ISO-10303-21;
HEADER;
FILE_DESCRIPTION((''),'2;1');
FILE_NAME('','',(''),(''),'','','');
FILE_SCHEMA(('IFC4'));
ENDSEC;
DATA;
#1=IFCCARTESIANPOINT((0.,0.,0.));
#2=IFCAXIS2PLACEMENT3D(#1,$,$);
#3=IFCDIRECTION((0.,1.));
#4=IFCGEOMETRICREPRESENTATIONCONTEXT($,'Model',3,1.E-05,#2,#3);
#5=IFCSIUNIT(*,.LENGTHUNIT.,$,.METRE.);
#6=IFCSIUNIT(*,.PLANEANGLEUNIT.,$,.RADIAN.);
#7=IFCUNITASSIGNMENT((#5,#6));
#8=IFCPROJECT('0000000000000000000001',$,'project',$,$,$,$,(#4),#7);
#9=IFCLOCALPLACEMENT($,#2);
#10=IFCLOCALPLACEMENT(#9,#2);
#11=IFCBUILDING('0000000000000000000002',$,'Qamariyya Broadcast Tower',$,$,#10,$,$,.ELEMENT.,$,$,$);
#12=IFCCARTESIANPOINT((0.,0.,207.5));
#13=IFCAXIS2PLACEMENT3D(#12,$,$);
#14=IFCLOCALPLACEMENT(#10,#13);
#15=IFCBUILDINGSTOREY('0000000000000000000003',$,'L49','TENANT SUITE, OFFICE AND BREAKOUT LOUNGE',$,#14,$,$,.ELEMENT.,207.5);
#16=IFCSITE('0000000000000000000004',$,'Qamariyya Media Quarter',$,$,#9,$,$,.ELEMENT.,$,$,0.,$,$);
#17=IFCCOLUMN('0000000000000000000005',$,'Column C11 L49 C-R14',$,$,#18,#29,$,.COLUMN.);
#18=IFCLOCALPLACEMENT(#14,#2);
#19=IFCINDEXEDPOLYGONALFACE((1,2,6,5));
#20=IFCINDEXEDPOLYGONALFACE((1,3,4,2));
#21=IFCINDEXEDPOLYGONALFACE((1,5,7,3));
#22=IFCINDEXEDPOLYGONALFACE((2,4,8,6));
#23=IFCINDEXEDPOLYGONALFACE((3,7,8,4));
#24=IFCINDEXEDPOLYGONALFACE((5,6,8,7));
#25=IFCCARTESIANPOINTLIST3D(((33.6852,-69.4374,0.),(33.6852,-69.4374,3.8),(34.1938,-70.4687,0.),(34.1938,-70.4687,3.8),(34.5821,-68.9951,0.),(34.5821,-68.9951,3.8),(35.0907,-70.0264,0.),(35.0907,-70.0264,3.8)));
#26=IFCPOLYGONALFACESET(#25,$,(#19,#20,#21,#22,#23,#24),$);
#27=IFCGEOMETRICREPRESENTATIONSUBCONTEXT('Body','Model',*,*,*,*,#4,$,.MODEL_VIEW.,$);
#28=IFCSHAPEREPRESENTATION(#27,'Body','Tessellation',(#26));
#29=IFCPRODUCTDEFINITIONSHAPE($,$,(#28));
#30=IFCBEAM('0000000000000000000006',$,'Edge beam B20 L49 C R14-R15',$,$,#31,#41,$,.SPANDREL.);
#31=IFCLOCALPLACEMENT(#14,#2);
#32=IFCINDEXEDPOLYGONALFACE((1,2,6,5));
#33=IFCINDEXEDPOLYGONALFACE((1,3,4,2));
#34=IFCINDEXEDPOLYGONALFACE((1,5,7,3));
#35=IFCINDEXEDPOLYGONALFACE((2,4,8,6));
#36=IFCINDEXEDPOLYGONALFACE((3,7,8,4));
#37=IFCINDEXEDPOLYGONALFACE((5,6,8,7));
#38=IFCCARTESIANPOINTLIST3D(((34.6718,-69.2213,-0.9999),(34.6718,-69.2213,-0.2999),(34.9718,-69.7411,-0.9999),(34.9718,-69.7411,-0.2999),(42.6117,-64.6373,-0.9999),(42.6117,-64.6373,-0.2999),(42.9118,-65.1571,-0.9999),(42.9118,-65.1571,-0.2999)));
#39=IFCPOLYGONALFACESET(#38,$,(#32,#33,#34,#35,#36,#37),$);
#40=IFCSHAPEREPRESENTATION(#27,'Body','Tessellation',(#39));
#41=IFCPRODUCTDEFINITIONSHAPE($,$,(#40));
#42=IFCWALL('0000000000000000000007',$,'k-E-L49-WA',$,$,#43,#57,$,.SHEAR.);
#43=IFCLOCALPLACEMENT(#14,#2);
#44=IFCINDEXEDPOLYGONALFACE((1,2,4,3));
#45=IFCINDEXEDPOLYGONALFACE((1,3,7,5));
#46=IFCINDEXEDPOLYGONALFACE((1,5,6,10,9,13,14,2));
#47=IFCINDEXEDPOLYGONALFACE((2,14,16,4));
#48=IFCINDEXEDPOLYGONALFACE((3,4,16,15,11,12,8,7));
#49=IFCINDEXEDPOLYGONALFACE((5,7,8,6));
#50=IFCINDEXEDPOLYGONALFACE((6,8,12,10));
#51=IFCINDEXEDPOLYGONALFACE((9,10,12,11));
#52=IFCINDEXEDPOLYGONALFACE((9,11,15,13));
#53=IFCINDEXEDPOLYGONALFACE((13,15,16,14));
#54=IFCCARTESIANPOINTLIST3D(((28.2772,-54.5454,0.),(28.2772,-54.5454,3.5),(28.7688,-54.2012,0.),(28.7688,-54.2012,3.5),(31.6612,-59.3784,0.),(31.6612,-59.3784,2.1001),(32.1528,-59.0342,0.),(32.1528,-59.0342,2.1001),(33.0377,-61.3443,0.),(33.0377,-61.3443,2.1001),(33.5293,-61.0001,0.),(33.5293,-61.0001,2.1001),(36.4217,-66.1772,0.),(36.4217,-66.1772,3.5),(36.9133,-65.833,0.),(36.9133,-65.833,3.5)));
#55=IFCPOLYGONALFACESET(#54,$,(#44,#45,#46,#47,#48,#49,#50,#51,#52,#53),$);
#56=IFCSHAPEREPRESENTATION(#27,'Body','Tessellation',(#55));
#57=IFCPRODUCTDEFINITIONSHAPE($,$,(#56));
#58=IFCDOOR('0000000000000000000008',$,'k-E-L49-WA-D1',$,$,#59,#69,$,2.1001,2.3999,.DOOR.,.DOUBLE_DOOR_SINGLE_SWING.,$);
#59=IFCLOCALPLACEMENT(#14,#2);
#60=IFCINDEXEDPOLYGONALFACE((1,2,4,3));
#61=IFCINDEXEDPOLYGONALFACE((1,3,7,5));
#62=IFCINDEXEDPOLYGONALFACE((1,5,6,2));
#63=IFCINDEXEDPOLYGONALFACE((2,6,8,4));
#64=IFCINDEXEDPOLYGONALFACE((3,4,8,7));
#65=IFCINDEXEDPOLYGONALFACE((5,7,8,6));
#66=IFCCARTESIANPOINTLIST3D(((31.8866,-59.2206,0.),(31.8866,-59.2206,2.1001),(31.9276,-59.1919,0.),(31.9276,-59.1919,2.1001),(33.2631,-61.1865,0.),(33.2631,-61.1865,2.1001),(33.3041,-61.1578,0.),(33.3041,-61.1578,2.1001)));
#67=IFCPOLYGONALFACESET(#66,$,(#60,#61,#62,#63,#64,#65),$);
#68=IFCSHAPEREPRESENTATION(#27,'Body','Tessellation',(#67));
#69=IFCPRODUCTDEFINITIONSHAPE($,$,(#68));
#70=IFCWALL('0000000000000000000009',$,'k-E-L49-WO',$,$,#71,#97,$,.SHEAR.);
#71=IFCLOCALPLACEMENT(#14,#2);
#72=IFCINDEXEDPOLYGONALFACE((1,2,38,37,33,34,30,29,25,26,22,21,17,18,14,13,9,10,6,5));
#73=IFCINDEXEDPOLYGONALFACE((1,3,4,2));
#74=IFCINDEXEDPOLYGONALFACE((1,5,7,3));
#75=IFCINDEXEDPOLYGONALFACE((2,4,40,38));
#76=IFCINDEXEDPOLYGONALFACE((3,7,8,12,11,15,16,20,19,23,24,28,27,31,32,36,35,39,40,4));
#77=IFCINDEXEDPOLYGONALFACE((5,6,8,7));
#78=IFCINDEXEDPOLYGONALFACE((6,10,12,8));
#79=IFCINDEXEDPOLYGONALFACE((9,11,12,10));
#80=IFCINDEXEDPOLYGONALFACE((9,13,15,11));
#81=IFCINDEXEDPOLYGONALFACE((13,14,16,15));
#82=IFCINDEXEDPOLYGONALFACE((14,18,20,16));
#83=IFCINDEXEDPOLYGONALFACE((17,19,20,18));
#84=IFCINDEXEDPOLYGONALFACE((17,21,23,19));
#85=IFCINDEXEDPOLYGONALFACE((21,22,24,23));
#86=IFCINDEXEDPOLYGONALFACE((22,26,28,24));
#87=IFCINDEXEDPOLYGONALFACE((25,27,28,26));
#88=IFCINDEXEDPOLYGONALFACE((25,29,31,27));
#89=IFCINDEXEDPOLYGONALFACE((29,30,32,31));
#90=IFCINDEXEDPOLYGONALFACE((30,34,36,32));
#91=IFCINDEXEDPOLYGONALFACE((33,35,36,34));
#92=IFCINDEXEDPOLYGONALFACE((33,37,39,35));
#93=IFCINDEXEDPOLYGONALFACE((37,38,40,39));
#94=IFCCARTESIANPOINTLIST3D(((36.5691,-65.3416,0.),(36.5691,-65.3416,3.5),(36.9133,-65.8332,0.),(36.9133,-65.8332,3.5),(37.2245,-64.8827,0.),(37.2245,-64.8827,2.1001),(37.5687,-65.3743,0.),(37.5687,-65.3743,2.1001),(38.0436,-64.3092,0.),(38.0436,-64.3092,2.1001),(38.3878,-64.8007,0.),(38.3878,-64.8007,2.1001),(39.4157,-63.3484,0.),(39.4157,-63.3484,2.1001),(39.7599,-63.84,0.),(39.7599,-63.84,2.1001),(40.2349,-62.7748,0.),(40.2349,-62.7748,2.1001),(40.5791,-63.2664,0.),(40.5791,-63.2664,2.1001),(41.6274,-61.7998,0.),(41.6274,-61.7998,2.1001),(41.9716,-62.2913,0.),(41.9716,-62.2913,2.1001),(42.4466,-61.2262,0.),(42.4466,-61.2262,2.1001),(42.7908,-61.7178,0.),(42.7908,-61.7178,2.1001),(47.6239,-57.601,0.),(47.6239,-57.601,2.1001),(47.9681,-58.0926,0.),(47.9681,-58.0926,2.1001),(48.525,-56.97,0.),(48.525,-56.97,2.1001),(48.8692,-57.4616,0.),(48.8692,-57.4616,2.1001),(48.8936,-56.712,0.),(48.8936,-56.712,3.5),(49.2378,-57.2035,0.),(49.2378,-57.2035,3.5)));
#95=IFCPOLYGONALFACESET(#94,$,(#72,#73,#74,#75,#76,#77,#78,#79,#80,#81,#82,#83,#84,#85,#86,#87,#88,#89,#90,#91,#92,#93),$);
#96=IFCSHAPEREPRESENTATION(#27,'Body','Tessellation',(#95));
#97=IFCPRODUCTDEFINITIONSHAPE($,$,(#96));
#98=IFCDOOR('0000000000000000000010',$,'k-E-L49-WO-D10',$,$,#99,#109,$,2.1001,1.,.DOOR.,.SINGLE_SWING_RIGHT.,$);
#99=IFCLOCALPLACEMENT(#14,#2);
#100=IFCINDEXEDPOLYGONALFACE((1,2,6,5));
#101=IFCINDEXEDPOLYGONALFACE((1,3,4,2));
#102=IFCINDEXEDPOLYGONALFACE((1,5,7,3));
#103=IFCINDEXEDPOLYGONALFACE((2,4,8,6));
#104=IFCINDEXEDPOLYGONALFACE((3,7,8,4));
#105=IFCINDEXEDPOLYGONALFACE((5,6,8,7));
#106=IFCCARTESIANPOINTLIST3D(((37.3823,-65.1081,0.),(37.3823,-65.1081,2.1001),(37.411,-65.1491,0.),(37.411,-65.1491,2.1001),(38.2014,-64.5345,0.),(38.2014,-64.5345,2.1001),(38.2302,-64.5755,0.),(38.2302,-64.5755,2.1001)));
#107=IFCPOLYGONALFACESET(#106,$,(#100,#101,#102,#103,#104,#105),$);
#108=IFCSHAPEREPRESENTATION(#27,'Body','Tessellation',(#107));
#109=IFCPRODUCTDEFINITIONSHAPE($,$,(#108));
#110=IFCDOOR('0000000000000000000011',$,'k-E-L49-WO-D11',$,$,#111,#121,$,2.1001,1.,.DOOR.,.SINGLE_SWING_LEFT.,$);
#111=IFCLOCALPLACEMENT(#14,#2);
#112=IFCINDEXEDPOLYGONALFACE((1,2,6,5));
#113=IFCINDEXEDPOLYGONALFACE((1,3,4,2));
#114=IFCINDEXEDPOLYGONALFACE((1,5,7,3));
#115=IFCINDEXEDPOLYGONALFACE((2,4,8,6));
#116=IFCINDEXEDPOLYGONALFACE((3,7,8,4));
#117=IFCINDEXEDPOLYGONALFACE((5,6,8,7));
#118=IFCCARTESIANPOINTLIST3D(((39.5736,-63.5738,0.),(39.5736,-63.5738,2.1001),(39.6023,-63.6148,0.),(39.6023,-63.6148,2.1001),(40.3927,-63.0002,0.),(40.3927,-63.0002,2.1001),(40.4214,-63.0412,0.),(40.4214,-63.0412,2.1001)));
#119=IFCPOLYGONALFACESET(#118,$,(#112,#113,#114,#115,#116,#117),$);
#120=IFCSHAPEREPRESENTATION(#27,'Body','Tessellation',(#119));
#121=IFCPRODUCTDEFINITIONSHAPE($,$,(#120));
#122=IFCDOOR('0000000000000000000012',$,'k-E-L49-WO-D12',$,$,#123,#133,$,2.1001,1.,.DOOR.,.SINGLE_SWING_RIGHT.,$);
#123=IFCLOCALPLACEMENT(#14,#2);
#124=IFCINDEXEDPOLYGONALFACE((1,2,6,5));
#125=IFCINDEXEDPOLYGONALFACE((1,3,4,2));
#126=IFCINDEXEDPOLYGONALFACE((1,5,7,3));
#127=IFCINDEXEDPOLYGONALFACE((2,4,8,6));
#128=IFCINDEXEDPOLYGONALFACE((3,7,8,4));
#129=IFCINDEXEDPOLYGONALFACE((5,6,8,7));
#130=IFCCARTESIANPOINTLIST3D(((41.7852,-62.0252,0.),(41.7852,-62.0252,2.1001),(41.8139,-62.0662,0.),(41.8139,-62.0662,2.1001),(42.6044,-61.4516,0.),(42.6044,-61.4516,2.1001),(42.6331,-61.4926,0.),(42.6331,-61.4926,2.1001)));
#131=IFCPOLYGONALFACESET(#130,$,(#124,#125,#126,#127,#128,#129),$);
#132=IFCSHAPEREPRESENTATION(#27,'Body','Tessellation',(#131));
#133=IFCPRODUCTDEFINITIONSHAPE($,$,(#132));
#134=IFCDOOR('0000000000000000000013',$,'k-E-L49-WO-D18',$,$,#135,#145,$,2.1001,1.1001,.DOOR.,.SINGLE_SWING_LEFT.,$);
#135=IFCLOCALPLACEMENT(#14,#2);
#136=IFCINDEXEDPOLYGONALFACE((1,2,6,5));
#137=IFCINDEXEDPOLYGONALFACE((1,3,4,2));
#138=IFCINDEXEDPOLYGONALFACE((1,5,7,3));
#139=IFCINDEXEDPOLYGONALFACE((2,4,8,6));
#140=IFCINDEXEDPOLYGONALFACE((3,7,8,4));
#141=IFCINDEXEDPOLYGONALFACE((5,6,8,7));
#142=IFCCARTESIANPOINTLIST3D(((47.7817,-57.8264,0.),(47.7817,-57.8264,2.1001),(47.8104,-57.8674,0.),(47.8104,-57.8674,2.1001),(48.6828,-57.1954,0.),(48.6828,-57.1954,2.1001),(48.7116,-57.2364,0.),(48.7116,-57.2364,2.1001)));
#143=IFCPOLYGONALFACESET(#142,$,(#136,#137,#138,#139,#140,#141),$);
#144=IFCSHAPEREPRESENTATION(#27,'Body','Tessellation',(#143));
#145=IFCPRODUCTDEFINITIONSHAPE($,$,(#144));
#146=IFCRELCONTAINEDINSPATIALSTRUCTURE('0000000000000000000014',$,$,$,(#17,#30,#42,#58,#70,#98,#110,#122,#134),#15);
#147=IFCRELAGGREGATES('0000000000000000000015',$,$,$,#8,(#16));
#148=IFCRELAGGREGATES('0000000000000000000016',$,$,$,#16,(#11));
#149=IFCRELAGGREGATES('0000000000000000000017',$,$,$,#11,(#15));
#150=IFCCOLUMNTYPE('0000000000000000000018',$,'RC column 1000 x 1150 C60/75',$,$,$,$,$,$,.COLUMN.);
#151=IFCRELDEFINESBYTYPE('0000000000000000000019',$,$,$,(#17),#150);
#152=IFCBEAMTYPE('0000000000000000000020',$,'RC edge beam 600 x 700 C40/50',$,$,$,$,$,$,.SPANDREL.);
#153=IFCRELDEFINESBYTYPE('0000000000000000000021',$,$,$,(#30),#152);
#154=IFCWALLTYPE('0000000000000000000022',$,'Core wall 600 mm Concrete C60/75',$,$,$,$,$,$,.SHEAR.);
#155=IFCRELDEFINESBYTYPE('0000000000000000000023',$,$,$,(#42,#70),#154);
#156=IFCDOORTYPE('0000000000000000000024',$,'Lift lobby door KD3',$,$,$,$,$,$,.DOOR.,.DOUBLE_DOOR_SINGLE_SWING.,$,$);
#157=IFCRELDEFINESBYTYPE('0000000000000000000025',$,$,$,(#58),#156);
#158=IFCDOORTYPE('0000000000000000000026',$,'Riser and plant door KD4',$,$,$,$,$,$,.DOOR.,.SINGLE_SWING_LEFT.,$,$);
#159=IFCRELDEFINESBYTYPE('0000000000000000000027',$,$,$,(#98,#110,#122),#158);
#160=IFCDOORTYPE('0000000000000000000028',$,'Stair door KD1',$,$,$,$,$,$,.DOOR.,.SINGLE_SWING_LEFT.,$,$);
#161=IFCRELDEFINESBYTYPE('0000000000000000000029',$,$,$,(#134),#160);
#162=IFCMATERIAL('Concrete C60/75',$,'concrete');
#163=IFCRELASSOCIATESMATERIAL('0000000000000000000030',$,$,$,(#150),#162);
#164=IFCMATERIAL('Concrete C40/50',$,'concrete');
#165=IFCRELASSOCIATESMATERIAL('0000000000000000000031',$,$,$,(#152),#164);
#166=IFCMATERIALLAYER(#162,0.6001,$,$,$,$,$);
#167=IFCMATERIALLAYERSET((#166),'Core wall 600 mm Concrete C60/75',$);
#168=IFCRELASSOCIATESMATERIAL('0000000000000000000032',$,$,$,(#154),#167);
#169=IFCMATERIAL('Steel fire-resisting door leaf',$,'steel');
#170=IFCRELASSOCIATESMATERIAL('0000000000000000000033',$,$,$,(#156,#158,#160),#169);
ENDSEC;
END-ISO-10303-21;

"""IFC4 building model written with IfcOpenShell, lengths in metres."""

from ifc_helpers import new_model, si_unit, direction, frame, frame_2d, origin, origin_2d, place, context, subcontext, project, spatial, rectangle, extrude, material, layer, layer_set, material_profile, profile_set, type_object, element, fill, save


model = new_model("IFC4")

# Units and contexts
model_context = context("Model", 3, precision=1e-05, world=origin(), true_north=direction((0.0, 1.0)))
body_context = subcontext(model_context, "Body", "Model", "MODEL_VIEW")
ifc_project = project(units=[si_unit("LENGTHUNIT", "METRE"), si_unit("PLANEANGLEUNIT", "RADIAN")], contexts=[model_context])

# Site, building, storey
site_placement = place(None, origin())
site = spatial("IfcSite", under=ifc_project, at=site_placement, Name="Qamariyya Media Quarter", CompositionType="ELEMENT", RefElevation=0.0)
building_placement = place(site_placement, origin())
building = spatial("IfcBuilding", under=site, at=building_placement, Name="Qamariyya Broadcast Tower", CompositionType="ELEMENT")
storey_placement = place(building_placement, frame((0.0, 0.0, 207.5)))
storey = spatial("IfcBuildingStorey", under=building, at=storey_placement, Name="L49", Description="TENANT SUITE, OFFICE AND BREAKOUT LOUNGE", CompositionType="ELEMENT", Elevation=207.5)

# Column
ifc_material_1 = material(Name="Concrete C60/75", Category="concrete")
ifc_material_profile_1 = material_profile(ifc_material_1, rectangle(XDim=1.0, YDim=1.1499, at=origin_2d()))
ifc_profile_set_1 = profile_set([ifc_material_profile_1], Name="Concrete C60/75")
column_type = type_object("IfcColumnType", Name="RC column 1000 x 1150 C60/75", PredefinedType="COLUMN", material=ifc_profile_set_1)
column_placement = place(storey_placement, frame((34.3879, -69.7319, 0.0), z_axis=(0.0, 0.0, 1.0), x_axis=(0.896873, 0.442289, 0.0)))
element("IfcColumn", 1, at=column_placement, inside=storey, type_object=column_type, Name="Column C11 L49 C-R14", PredefinedType="COLUMN", context=body_context, shape_type="SweptSolid", body=[
    extrude(rectangle(XDim=1.0, YDim=1.1499, at=origin_2d()), origin(), (0.0, 0.0, 1.0), 3.8),
])

# Beam
ifc_material_2 = material(Name="Concrete C40/50", Category="concrete")
ifc_material_profile_2 = material_profile(ifc_material_2, rectangle(XDim=0.6001, YDim=0.7, at=origin_2d()))
ifc_profile_set_2 = profile_set([ifc_material_profile_2], Name="Concrete C40/50")
beam_type = type_object("IfcBeamType", Name="RC edge beam 600 x 700 C40/50", PredefinedType="SPANDREL", material=ifc_profile_set_2)
beam_placement = place(storey_placement, frame((34.8218, -69.4812, -0.6499), z_axis=(0.866032, 0.499988, 0.0), x_axis=(-0.499988, 0.866032, 0.0)))
element("IfcBeam", 2, at=beam_placement, inside=storey, type_object=beam_type, Name="Edge beam B20 L49 C R14-R15", PredefinedType="SPANDREL", context=body_context, shape_type="SweptSolid", body=[
    extrude(rectangle(XDim=0.6001, YDim=0.7, at=origin_2d()), origin(), (0.0, 0.0, 1.0), 9.1682),
])

# Wall, opening, door
ifc_layer_1 = layer(ifc_material_1, 0.6001)
ifc_layer_set_1 = layer_set([ifc_layer_1], Name="Core wall 600 mm Concrete C60/75")
wall_type_1 = type_object("IfcWallType", Name="Core wall 600 mm Concrete C60/75", PredefinedType="SHEAR", material=ifc_layer_set_1)
wall_1_placement = place(storey_placement, frame((36.6675, -66.0051, 0.0), z_axis=(0.0, 0.0, 1.0), x_axis=(-0.573568, 0.819158, 0.0)))
wall_1 = element("IfcWall", 3, at=wall_1_placement, inside=storey, type_object=wall_type_1, Name="k-E-L49-WA", PredefinedType="SHEAR", context=body_context, shape_type="SweptSolid", body=[
    extrude(rectangle(XDim=14.1997, YDim=0.6001, at=frame_2d((7.0999, 0.0))), origin(), (0.0, 0.0, 1.0), 3.5),
])
opening_1_placement = place(wall_1_placement, frame((5.8999, 0.0, 0.0)))
opening_1 = element("IfcOpeningElement", 4, at=opening_1_placement, cuts=wall_1, PredefinedType="OPENING", context=body_context, shape_type="SweptSolid", body=[
    extrude(rectangle(XDim=2.3999, YDim=2.1001, at=frame_2d((1.2, 1.05))), frame((0.0, 0.3101, 0.0), z_axis=(0.0, -1.0, 0.0), x_axis=(1.0, 0.0, 0.0)), (0.0, 0.0, 1.0), 0.6201),
])
ifc_material_3 = material(Name="Steel fire-resisting door leaf", Category="steel")
door_type_1 = type_object("IfcDoorType", Name="Lift lobby door KD3", OperationType="DOUBLE_DOOR_SINGLE_SWING", PredefinedType="DOOR", material=ifc_material_3)
door_1_placement = place(opening_1_placement, origin())
door_1 = element("IfcDoor", 5, at=door_1_placement, inside=storey, type_object=door_type_1, Name="k-E-L49-WA-D1", OperationType="DOUBLE_DOOR_SINGLE_SWING", OverallHeight=2.1001, OverallWidth=2.3999, PredefinedType="DOOR", context=body_context, shape_type="SweptSolid", body=[
    extrude(rectangle(XDim=2.3999, YDim=2.1001, at=frame_2d((1.2, 1.05))), frame((0.0, 0.0249, 0.0), z_axis=(0.0, -1.0, 0.0), x_axis=(1.0, 0.0, 0.0)), (0.0, 0.0, 1.0), 0.05),
])
fill(opening_1, door_1)

# Wall, openings, doors
wall_2_placement = place(storey_placement, frame((36.7412, -65.5874, 0.0), z_axis=(0.0, 0.0, 1.0), x_axis=(0.819153, 0.573575, 0.0)))
wall_2 = element("IfcWall", 6, at=wall_2_placement, inside=storey, type_object=wall_type_1, Name="k-E-L49-WO", PredefinedType="SHEAR", context=body_context, shape_type="SweptSolid", body=[
    extrude(rectangle(XDim=15.0454, YDim=0.6001, at=frame_2d((7.5227, 0.0))), origin(), (0.0, 0.0, 1.0), 3.5),
])
opening_2_placement = place(wall_2_placement, frame((0.8, 0.0, 0.0)))
opening_2 = element("IfcOpeningElement", 7, at=opening_2_placement, cuts=wall_2, PredefinedType="OPENING", context=body_context, shape_type="SweptSolid", body=[
    extrude(rectangle(XDim=1.0, YDim=2.1001, at=frame_2d((0.5, 1.05))), frame((0.0, 0.3101, 0.0), z_axis=(0.0, -1.0, 0.0), x_axis=(1.0, 0.0, 0.0)), (0.0, 0.0, 1.0), 0.6201),
])
opening_3_placement = place(wall_2_placement, frame((3.4751, 0.0, 0.0)))
opening_3 = element("IfcOpeningElement", 8, at=opening_3_placement, cuts=wall_2, PredefinedType="OPENING", context=body_context, shape_type="SweptSolid", body=[
    extrude(rectangle(XDim=1.0, YDim=2.1001, at=frame_2d((0.5, 1.05))), frame((0.0, 0.3101, 0.0), z_axis=(0.0, -1.0, 0.0), x_axis=(1.0, 0.0, 0.0)), (0.0, 0.0, 1.0), 0.6201),
])
opening_4_placement = place(wall_2_placement, frame((6.175, 0.0, 0.0)))
opening_4 = element("IfcOpeningElement", 9, at=opening_4_placement, cuts=wall_2, PredefinedType="OPENING", context=body_context, shape_type="SweptSolid", body=[
    extrude(rectangle(XDim=1.0, YDim=2.1001, at=frame_2d((0.5, 1.05))), frame((0.0, 0.3101, 0.0), z_axis=(0.0, -1.0, 0.0), x_axis=(1.0, 0.0, 0.0)), (0.0, 0.0, 1.0), 0.6201),
])
opening_5_placement = place(wall_2_placement, frame((13.4954, 0.0, 0.0)))
opening_5 = element("IfcOpeningElement", 10, at=opening_5_placement, cuts=wall_2, PredefinedType="OPENING", context=body_context, shape_type="SweptSolid", body=[
    extrude(rectangle(XDim=1.1001, YDim=2.1001, at=frame_2d((0.55, 1.05))), frame((0.0, 0.3101, 0.0), z_axis=(0.0, -1.0, 0.0), x_axis=(1.0, 0.0, 0.0)), (0.0, 0.0, 1.0), 0.6201),
])
door_type_2 = type_object("IfcDoorType", Name="Riser and plant door KD4", OperationType="SINGLE_SWING_LEFT", PredefinedType="DOOR", material=ifc_material_3)
door_2_placement = place(opening_2_placement, origin())
door_2 = element("IfcDoor", 11, at=door_2_placement, inside=storey, type_object=door_type_2, Name="k-E-L49-WO-D10", OperationType="SINGLE_SWING_RIGHT", OverallHeight=2.1001, OverallWidth=1.0, PredefinedType="DOOR", context=body_context, shape_type="SweptSolid", body=[
    extrude(rectangle(XDim=1.0, YDim=2.1001, at=frame_2d((0.5, 1.05))), frame((0.0, 0.0249, 0.0), z_axis=(0.0, -1.0, 0.0), x_axis=(1.0, 0.0, 0.0)), (0.0, 0.0, 1.0), 0.05),
])
fill(opening_2, door_2)
door_3_placement = place(opening_3_placement, origin())
door_3 = element("IfcDoor", 12, at=door_3_placement, inside=storey, type_object=door_type_2, Name="k-E-L49-WO-D11", OperationType="SINGLE_SWING_LEFT", OverallHeight=2.1001, OverallWidth=1.0, PredefinedType="DOOR", context=body_context, shape_type="SweptSolid", body=[
    extrude(rectangle(XDim=1.0, YDim=2.1001, at=frame_2d((0.5, 1.05))), frame((0.0, 0.0249, 0.0), z_axis=(0.0, -1.0, 0.0), x_axis=(1.0, 0.0, 0.0)), (0.0, 0.0, 1.0), 0.05),
])
fill(opening_3, door_3)
door_4_placement = place(opening_4_placement, origin())
door_4 = element("IfcDoor", 13, at=door_4_placement, inside=storey, type_object=door_type_2, Name="k-E-L49-WO-D12", OperationType="SINGLE_SWING_RIGHT", OverallHeight=2.1001, OverallWidth=1.0, PredefinedType="DOOR", context=body_context, shape_type="SweptSolid", body=[
    extrude(rectangle(XDim=1.0, YDim=2.1001, at=frame_2d((0.5, 1.05))), frame((0.0, 0.0249, 0.0), z_axis=(0.0, -1.0, 0.0), x_axis=(1.0, 0.0, 0.0)), (0.0, 0.0, 1.0), 0.05),
])
fill(opening_4, door_4)
door_type_3 = type_object("IfcDoorType", Name="Stair door KD1", OperationType="SINGLE_SWING_LEFT", PredefinedType="DOOR", material=ifc_material_3)
door_5_placement = place(opening_5_placement, origin())
door_5 = element("IfcDoor", 14, at=door_5_placement, inside=storey, type_object=door_type_3, Name="k-E-L49-WO-D18", OperationType="SINGLE_SWING_LEFT", OverallHeight=2.1001, OverallWidth=1.1001, PredefinedType="DOOR", context=body_context, shape_type="SweptSolid", body=[
    extrude(rectangle(XDim=1.1001, YDim=2.1001, at=frame_2d((0.55, 1.05))), frame((0.0, 0.0249, 0.0), z_axis=(0.0, -1.0, 0.0), x_axis=(1.0, 0.0, 0.0)), (0.0, 0.0, 1.0), 0.05),
])
fill(opening_5, door_5)

save(model, "model.ifc")
